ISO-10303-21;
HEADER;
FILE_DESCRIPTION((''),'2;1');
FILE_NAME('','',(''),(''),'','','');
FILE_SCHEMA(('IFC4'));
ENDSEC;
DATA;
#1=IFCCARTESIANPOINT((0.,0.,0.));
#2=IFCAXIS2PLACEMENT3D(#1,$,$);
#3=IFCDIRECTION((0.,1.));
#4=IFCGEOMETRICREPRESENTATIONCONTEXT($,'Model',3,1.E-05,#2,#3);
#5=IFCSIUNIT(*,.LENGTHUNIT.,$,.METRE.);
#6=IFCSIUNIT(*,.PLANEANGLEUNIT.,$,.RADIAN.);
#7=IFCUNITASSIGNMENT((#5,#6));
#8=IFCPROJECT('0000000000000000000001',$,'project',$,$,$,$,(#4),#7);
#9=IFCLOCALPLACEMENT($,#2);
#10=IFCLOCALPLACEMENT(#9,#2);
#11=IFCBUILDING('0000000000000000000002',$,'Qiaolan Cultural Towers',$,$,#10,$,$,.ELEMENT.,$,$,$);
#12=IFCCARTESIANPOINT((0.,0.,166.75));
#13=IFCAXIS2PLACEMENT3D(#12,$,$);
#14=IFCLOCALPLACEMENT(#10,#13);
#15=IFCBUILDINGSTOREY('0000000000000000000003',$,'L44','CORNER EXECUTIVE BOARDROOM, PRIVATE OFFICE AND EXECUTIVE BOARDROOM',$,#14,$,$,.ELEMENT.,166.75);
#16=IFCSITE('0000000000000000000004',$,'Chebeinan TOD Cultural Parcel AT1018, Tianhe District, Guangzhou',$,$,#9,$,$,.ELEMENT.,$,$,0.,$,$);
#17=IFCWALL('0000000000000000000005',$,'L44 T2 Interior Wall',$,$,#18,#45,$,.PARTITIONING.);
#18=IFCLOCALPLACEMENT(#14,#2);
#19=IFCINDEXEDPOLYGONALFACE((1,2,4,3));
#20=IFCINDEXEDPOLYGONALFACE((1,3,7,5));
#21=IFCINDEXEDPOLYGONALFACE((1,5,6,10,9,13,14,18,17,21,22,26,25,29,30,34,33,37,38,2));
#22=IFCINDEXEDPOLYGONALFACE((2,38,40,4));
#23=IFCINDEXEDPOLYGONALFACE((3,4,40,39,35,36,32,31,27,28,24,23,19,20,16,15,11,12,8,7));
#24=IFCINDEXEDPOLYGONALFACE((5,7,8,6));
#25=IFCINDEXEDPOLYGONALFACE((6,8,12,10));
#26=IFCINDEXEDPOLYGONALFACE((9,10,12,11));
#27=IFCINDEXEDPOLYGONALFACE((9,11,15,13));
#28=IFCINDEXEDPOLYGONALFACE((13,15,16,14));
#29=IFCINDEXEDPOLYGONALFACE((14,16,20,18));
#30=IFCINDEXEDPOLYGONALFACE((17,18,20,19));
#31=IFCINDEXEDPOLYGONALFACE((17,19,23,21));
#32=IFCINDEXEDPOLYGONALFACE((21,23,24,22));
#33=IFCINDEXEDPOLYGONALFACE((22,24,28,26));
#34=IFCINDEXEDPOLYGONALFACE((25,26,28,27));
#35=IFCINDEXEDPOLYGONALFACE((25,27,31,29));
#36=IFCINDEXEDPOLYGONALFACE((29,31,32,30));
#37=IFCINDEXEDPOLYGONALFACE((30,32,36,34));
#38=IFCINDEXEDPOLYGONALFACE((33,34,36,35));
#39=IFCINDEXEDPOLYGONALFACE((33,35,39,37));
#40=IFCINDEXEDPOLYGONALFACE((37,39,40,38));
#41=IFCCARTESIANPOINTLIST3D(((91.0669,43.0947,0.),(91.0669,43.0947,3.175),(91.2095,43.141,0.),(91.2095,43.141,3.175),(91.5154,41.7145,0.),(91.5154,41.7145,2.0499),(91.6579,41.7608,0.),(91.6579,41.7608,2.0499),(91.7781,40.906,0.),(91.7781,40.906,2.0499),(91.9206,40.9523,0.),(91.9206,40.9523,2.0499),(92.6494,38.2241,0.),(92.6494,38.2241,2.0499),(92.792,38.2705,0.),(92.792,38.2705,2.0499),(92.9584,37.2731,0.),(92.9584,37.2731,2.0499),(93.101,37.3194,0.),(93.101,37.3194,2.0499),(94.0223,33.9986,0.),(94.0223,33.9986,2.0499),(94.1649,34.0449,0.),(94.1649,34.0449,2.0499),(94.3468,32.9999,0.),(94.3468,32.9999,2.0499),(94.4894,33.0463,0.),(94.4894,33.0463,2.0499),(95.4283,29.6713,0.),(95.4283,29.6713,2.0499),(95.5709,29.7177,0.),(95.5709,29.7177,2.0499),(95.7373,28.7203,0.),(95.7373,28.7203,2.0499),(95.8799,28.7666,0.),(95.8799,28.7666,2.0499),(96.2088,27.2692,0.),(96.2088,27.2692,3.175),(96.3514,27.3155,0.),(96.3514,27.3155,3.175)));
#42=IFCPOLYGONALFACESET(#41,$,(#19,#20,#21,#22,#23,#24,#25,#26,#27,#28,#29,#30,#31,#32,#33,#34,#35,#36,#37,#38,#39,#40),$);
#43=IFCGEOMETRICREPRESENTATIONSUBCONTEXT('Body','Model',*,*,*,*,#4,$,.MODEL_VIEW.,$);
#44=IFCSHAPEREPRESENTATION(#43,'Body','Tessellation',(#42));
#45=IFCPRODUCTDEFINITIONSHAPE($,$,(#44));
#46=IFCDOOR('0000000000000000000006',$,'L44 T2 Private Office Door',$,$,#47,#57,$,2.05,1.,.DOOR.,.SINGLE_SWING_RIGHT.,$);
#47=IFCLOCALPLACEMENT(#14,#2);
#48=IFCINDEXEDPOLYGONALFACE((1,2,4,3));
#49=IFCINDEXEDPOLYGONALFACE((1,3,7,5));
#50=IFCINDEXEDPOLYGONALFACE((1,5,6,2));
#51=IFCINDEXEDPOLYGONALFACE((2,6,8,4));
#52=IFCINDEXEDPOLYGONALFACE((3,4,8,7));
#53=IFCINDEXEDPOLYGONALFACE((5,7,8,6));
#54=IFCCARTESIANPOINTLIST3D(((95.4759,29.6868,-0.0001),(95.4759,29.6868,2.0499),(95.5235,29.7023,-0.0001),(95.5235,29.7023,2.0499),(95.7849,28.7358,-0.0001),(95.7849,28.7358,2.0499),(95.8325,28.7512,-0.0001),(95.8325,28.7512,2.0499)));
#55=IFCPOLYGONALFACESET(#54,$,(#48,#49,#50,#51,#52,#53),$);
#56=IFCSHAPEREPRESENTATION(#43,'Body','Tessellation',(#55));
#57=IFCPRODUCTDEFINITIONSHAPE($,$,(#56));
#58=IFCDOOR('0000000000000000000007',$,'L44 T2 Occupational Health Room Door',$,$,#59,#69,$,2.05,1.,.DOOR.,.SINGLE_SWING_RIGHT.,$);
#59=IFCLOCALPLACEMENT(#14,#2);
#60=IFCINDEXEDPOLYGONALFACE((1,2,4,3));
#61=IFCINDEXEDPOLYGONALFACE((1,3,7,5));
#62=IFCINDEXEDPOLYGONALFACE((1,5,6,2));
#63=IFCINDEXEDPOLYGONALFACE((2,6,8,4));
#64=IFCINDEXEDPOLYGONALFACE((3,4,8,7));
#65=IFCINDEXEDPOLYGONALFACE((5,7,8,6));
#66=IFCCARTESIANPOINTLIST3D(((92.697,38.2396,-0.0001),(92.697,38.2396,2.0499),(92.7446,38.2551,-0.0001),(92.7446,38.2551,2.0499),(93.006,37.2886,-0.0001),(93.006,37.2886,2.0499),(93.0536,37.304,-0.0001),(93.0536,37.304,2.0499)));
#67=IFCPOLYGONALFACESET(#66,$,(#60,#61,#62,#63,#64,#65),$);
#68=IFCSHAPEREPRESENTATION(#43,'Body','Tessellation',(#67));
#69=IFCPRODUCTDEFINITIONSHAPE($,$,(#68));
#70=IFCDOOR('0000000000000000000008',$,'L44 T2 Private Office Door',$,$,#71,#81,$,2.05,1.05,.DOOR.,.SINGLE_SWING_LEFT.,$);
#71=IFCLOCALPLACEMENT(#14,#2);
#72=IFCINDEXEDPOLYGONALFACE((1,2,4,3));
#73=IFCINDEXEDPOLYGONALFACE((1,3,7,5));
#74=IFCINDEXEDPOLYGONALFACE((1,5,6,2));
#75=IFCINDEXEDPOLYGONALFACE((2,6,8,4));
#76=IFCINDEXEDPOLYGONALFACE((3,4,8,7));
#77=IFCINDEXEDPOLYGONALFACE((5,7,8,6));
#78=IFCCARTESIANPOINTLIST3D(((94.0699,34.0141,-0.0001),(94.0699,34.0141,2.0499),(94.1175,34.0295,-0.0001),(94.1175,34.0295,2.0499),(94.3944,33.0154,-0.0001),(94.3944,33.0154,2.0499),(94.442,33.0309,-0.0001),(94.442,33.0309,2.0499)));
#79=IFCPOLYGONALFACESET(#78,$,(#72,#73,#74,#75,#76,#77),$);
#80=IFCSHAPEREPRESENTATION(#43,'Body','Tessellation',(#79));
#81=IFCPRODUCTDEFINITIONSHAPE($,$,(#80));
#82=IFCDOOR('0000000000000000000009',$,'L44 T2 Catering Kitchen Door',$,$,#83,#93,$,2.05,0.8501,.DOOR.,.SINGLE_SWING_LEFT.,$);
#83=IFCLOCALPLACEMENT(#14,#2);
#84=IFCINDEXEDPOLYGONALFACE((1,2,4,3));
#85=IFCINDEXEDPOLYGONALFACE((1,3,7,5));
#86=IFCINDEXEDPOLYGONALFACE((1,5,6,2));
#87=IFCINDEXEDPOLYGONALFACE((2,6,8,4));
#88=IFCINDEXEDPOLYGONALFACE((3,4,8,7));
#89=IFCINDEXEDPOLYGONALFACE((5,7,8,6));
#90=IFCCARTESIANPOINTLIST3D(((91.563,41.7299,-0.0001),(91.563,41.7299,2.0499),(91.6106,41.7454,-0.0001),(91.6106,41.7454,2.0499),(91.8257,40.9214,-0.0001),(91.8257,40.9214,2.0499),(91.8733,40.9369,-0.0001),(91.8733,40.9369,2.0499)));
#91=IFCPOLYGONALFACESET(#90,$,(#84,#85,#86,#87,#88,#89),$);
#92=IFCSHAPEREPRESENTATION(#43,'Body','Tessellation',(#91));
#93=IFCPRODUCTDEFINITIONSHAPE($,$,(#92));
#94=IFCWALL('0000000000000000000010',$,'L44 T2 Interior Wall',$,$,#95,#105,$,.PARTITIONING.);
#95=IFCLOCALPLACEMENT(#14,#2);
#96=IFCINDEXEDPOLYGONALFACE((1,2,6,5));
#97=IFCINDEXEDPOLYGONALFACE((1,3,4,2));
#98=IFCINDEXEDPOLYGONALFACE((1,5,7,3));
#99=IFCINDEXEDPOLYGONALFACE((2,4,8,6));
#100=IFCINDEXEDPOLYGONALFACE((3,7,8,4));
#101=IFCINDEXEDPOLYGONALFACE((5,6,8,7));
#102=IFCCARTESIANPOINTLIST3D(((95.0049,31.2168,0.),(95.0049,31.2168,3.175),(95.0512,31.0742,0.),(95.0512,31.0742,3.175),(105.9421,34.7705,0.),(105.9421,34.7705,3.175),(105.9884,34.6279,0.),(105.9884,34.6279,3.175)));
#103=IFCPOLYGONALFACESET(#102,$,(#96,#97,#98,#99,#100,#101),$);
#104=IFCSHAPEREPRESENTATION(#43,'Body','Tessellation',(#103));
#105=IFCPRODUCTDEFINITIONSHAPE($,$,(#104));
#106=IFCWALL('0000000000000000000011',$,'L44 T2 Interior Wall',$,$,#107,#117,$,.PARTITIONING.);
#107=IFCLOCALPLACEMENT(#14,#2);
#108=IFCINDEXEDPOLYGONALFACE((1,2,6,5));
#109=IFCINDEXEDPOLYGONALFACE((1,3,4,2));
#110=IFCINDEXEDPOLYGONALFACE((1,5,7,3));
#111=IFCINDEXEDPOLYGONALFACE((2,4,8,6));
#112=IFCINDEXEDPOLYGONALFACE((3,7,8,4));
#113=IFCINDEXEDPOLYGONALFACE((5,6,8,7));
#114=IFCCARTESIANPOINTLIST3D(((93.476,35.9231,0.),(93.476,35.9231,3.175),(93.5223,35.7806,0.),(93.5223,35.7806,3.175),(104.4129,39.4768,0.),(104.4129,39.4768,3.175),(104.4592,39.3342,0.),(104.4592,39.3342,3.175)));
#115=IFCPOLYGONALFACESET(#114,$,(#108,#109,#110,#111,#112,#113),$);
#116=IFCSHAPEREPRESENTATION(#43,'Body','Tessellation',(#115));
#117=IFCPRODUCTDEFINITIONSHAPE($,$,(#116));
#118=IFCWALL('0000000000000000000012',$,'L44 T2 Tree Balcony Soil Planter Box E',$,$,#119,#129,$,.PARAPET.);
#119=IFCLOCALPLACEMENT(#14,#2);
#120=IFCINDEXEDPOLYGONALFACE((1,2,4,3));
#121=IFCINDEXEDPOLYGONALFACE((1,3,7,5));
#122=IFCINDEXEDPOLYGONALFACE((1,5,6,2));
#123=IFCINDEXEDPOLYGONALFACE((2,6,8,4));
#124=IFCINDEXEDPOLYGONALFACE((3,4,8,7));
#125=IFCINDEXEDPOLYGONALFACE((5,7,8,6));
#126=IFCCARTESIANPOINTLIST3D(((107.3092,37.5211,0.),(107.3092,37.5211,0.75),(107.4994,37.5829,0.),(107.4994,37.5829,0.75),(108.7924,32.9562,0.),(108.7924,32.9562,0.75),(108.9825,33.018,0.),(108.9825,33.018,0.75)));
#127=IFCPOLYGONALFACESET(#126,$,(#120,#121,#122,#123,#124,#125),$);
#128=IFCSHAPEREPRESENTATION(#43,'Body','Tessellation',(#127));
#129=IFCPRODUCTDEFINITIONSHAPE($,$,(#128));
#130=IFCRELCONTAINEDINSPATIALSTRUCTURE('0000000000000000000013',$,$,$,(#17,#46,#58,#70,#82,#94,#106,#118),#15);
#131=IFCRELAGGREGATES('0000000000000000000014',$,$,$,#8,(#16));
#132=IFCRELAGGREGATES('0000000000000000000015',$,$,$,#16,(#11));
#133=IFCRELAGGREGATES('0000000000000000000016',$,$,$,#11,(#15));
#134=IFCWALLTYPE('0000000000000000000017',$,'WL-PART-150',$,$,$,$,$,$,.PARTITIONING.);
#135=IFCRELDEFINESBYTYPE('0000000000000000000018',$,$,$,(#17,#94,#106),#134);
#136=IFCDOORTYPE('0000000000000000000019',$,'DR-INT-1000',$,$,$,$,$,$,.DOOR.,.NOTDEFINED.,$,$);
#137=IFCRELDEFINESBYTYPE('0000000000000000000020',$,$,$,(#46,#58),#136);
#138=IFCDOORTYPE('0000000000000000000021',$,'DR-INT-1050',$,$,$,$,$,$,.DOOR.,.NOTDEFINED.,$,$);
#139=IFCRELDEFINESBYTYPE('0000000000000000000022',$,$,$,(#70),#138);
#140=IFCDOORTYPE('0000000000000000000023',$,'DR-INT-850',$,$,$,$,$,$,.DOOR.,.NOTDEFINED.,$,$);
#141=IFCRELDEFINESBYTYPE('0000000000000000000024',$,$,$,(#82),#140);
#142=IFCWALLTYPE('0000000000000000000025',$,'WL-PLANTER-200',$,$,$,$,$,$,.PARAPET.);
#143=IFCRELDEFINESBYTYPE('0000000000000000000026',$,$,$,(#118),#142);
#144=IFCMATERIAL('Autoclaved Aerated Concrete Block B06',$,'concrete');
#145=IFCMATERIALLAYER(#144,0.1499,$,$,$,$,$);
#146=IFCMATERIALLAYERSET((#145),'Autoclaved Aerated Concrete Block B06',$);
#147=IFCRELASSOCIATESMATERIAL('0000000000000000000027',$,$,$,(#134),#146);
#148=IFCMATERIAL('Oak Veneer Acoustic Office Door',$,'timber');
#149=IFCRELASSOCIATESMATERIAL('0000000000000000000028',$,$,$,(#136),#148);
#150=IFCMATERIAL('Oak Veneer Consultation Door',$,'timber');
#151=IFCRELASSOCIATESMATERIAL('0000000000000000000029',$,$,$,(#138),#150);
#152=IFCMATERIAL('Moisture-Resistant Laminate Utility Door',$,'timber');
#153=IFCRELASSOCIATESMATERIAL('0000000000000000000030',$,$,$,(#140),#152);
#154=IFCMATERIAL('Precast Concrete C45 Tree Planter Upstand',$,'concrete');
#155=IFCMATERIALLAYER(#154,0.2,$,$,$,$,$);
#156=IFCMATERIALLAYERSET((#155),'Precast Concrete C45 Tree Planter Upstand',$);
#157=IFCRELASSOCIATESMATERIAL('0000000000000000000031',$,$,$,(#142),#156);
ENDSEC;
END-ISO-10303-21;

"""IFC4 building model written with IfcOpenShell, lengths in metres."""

from ifc_helpers import new_model, si_unit, direction, frame, frame_2d, origin, place, context, subcontext, project, spatial, rectangle, extrude, material, layer, layer_set, type_object, element, fill, save


model = new_model("IFC4")

# Units and contexts
model_context = context("Model", 3, precision=1e-05, world=origin(), true_north=direction((0.0, 1.0)))
body_context = subcontext(model_context, "Body", "Model", "MODEL_VIEW")
ifc_project = project(units=[si_unit("LENGTHUNIT", "METRE"), si_unit("PLANEANGLEUNIT", "RADIAN")], contexts=[model_context])

# Site, building, storey
site_placement = place(None, origin())
site = spatial("IfcSite", under=ifc_project, at=site_placement, Name="Chebeinan TOD Cultural Parcel AT1018, Tianhe District, Guangzhou", CompositionType="ELEMENT", RefElevation=0.0)
building_placement = place(site_placement, origin())
building = spatial("IfcBuilding", under=site, at=building_placement, Name="Qiaolan Cultural Towers", CompositionType="ELEMENT")
storey_placement = place(building_placement, frame((0.0, 0.0, 166.75)))
storey = spatial("IfcBuildingStorey", under=building, at=storey_placement, Name="L44", Description="CORNER EXECUTIVE BOARDROOM, PRIVATE OFFICE AND EXECUTIVE BOARDROOM", CompositionType="ELEMENT", Elevation=166.75)

# Shared definitions
ifc_material_1 = material(Name="Autoclaved Aerated Concrete Block B06", Category="concrete")
ifc_layer_1 = layer(ifc_material_1, 0.1499)
ifc_layer_set_1 = layer_set([ifc_layer_1], Name="Autoclaved Aerated Concrete Block B06")
wall_type_1 = type_object("IfcWallType", Name="WL-PART-150", PredefinedType="PARTITIONING", material=ifc_layer_set_1)
ifc_material_2 = material(Name="Oak Veneer Acoustic Office Door", Category="timber")
door_type_1 = type_object("IfcDoorType", Name="DR-INT-1000", OperationType="NOTDEFINED", PredefinedType="DOOR", material=ifc_material_2)

# Wall, openings, doors
wall_1_placement = place(storey_placement, frame((96.28, 27.2925, 0.0), z_axis=(0.0, 0.0, 1.0), x_axis=(-0.309009, 0.951059, 0.0)))
wall_1 = element("IfcWall", 1, at=wall_1_placement, inside=storey, type_object=wall_type_1, Name="L44 T2 Interior Wall", PredefinedType="PARTITIONING", context=body_context, shape_type="SweptSolid", body=[
    extrude(rectangle(XDim=16.6399, YDim=0.1499, at=frame_2d((8.3198, 0.0))), origin(), (0.0, 0.0, 1.0), 3.175),
])
opening_1_placement = place(wall_1_placement, frame((1.5256, 0.0, 0.0)))
opening_1 = element("IfcOpeningElement", 2, at=opening_1_placement, cuts=wall_1, PredefinedType="OPENING", context=body_context, shape_type="SweptSolid", body=[
    extrude(rectangle(XDim=1.0, YDim=2.05, at=frame_2d((0.5, 1.0249))), frame((0.0, 0.085, 0.0), z_axis=(0.0, -1.0, 0.0), x_axis=(1.0, 0.0, 0.0)), (0.0, 0.0, 1.0), 0.1699),
])
opening_2_placement = place(wall_1_placement, frame((6.0256, 0.0, 0.0)))
opening_2 = element("IfcOpeningElement", 3, at=opening_2_placement, cuts=wall_1, PredefinedType="OPENING", context=body_context, shape_type="SweptSolid", body=[
    extrude(rectangle(XDim=1.05, YDim=2.05, at=frame_2d((0.5249, 1.0249))), frame((0.0, 0.085, 0.0), z_axis=(0.0, -1.0, 0.0), x_axis=(1.0, 0.0, 0.0)), (0.0, 0.0, 1.0), 0.1699),
])
opening_3_placement = place(wall_1_placement, frame((10.5186, 0.0, 0.0)))
opening_3 = element("IfcOpeningElement", 4, at=opening_3_placement, cuts=wall_1, PredefinedType="OPENING", context=body_context, shape_type="SweptSolid", body=[
    extrude(rectangle(XDim=1.0, YDim=2.05, at=frame_2d((0.5, 1.0249))), frame((0.0, 0.085, 0.0), z_axis=(0.0, -1.0, 0.0), x_axis=(1.0, 0.0, 0.0)), (0.0, 0.0, 1.0), 0.1699),
])
opening_4_placement = place(wall_1_placement, frame((14.3384, 0.0, 0.0)))
opening_4 = element("IfcOpeningElement", 5, at=opening_4_placement, cuts=wall_1, PredefinedType="OPENING", context=body_context, shape_type="SweptSolid", body=[
    extrude(rectangle(XDim=0.8501, YDim=2.05, at=frame_2d((0.425, 1.0249))), frame((0.0, 0.085, 0.0), z_axis=(0.0, -1.0, 0.0), x_axis=(1.0, 0.0, 0.0)), (0.0, 0.0, 1.0), 0.1699),
])
door_1_placement = place(opening_1_placement, origin())
door_1 = element("IfcDoor", 6, at=door_1_placement, inside=storey, type_object=door_type_1, Name="L44 T2 Private Office Door", OperationType="SINGLE_SWING_RIGHT", OverallHeight=2.05, OverallWidth=1.0, PredefinedType="DOOR", context=body_context, shape_type="SweptSolid", body=[
    extrude(rectangle(XDim=1.0, YDim=2.05, at=frame_2d((0.5, 1.0249))), frame((0.0, 0.0249, 0.0), z_axis=(0.0, -1.0, 0.0), x_axis=(1.0, 0.0, 0.0)), (0.0, 0.0, 1.0), 0.05),
])
fill(opening_1, door_1)
door_2_placement = place(opening_3_placement, origin())
door_2 = element("IfcDoor", 7, at=door_2_placement, inside=storey, type_object=door_type_1, Name="L44 T2 Occupational Health Room Door", OperationType="SINGLE_SWING_RIGHT", OverallHeight=2.05, OverallWidth=1.0, PredefinedType="DOOR", context=body_context, shape_type="SweptSolid", body=[
    extrude(rectangle(XDim=1.0, YDim=2.05, at=frame_2d((0.5, 1.0249))), frame((0.0, 0.0249, 0.0), z_axis=(0.0, -1.0, 0.0), x_axis=(1.0, 0.0, 0.0)), (0.0, 0.0, 1.0), 0.05),
])
fill(opening_3, door_2)
ifc_material_3 = material(Name="Oak Veneer Consultation Door", Category="timber")
door_type_2 = type_object("IfcDoorType", Name="DR-INT-1050", OperationType="NOTDEFINED", PredefinedType="DOOR", material=ifc_material_3)
door_3_placement = place(opening_2_placement, origin())
door_3 = element("IfcDoor", 8, at=door_3_placement, inside=storey, type_object=door_type_2, Name="L44 T2 Private Office Door", OperationType="SINGLE_SWING_LEFT", OverallHeight=2.05, OverallWidth=1.05, PredefinedType="DOOR", context=body_context, shape_type="SweptSolid", body=[
    extrude(rectangle(XDim=1.05, YDim=2.05, at=frame_2d((0.5249, 1.0249))), frame((0.0, 0.0249, 0.0), z_axis=(0.0, -1.0, 0.0), x_axis=(1.0, 0.0, 0.0)), (0.0, 0.0, 1.0), 0.05),
])
fill(opening_2, door_3)
ifc_material_4 = material(Name="Moisture-Resistant Laminate Utility Door", Category="timber")
door_type_3 = type_object("IfcDoorType", Name="DR-INT-850", OperationType="NOTDEFINED", PredefinedType="DOOR", material=ifc_material_4)
door_4_placement = place(opening_4_placement, origin())
door_4 = element("IfcDoor", 9, at=door_4_placement, inside=storey, type_object=door_type_3, Name="L44 T2 Catering Kitchen Door", OperationType="SINGLE_SWING_LEFT", OverallHeight=2.05, OverallWidth=0.8501, PredefinedType="DOOR", context=body_context, shape_type="SweptSolid", body=[
    extrude(rectangle(XDim=0.8501, YDim=2.05, at=frame_2d((0.425, 1.0249))), frame((0.0, 0.0249, 0.0), z_axis=(0.0, -1.0, 0.0), x_axis=(1.0, 0.0, 0.0)), (0.0, 0.0, 1.0), 0.05),
])
fill(opening_4, door_4)

# Walls
wall_2_placement = place(storey_placement, frame((95.0281, 31.1455, 0.0), z_axis=(0.0, 0.0, 1.0), x_axis=(0.951057, 0.309016, 0.0)))
element("IfcWall", 10, at=wall_2_placement, inside=storey, type_object=wall_type_1, Name="L44 T2 Interior Wall", PredefinedType="PARTITIONING", context=body_context, shape_type="SweptSolid", body=[
    extrude(rectangle(XDim=11.5, YDim=0.1499, at=frame_2d((5.75, 0.0))), origin(), (0.0, 0.0, 1.0), 3.175),
])
wall_3_placement = place(storey_placement, frame((93.499, 35.8518, 0.0), z_axis=(0.0, 0.0, 1.0), x_axis=(0.951055, 0.309022, 0.0)))
element("IfcWall", 11, at=wall_3_placement, inside=storey, type_object=wall_type_1, Name="L44 T2 Interior Wall", PredefinedType="PARTITIONING", context=body_context, shape_type="SweptSolid", body=[
    extrude(rectangle(XDim=11.4998, YDim=0.1499, at=frame_2d((5.75, 0.0))), origin(), (0.0, 0.0, 1.0), 3.175),
])
ifc_material_5 = material(Name="Precast Concrete C45 Tree Planter Upstand", Category="concrete")
ifc_layer_2 = layer(ifc_material_5, 0.2)
ifc_layer_set_2 = layer_set([ifc_layer_2], Name="Precast Concrete C45 Tree Planter Upstand")
wall_type_2 = type_object("IfcWallType", Name="WL-PLANTER-200", PredefinedType="PARAPET", material=ifc_layer_set_2)
wall_4_placement = place(storey_placement, frame((108.8875, 32.9871, 0.0), z_axis=(0.0, 0.0, 1.0), x_axis=(-0.309001, 0.951062, 0.0)))
element("IfcWall", 12, at=wall_4_placement, inside=storey, type_object=wall_type_2, Name="L44 T2 Tree Balcony Soil Planter Box E", PredefinedType="PARAPET", context=body_context, shape_type="SweptSolid", body=[
    extrude(rectangle(XDim=4.7998, YDim=0.2, at=frame_2d((2.3999, 0.0))), origin(), (0.0, 0.0, 1.0), 0.75),
])

save(model, "model.ifc")
